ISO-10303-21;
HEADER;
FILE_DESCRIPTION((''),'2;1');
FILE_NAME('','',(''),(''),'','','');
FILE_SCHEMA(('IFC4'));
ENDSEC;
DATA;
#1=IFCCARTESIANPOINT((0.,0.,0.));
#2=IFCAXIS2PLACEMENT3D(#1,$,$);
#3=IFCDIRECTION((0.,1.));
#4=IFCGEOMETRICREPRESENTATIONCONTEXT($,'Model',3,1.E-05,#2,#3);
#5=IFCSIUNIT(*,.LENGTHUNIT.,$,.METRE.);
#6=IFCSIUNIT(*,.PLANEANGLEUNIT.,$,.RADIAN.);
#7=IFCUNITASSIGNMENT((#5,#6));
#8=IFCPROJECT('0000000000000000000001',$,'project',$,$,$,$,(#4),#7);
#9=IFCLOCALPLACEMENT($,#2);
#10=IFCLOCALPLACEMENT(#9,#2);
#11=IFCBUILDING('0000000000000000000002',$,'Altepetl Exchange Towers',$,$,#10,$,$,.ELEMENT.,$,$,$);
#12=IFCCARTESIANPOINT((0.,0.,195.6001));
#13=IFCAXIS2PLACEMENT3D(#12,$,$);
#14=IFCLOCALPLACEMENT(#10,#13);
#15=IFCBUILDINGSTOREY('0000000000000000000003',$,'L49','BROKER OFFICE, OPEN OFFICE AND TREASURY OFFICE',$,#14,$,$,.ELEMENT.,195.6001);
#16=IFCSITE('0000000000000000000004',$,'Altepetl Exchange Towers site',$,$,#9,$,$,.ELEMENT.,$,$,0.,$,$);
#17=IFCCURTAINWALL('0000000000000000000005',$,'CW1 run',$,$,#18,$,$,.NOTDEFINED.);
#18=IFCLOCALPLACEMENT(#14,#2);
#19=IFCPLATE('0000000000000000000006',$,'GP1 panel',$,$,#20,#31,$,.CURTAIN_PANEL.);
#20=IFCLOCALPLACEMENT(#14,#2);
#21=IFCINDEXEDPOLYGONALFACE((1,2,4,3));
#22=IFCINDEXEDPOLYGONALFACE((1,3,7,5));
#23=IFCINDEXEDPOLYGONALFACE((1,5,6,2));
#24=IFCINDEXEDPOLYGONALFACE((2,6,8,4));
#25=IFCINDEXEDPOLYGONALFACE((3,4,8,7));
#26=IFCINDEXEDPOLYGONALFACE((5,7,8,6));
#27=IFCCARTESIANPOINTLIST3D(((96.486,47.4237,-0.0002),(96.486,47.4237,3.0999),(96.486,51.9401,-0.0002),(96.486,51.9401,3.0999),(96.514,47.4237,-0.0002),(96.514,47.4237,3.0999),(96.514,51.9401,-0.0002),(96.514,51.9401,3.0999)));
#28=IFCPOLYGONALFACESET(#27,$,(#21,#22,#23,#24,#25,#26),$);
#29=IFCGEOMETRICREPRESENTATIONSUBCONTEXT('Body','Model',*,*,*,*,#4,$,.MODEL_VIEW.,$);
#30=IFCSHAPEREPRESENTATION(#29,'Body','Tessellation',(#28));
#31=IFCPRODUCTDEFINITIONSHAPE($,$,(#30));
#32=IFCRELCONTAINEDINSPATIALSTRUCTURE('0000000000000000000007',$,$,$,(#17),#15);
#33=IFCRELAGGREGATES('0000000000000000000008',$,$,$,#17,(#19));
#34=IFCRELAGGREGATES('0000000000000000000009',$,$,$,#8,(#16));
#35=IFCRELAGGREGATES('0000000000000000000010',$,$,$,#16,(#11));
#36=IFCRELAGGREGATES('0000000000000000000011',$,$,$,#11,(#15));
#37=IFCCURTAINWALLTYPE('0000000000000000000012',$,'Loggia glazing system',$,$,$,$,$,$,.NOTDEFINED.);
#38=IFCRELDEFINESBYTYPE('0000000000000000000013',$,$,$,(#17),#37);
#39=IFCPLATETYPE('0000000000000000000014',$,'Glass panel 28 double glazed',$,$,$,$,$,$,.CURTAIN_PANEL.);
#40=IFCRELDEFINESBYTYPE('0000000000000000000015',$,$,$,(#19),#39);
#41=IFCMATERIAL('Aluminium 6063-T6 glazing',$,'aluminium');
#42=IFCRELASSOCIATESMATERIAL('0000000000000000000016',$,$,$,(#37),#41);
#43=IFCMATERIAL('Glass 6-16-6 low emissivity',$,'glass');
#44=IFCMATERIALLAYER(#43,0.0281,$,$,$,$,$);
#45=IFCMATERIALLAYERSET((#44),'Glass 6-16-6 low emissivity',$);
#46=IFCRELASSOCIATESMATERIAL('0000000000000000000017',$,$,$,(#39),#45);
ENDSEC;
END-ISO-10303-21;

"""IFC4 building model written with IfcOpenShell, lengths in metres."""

from ifc_helpers import new_model, si_unit, direction, frame, origin, origin_2d, place, context, subcontext, project, spatial, rectangle, extrude, material, layer, layer_set, type_object, element, aggregate, save


model = new_model("IFC4")

# Units and contexts
model_context = context("Model", 3, precision=1e-05, world=origin(), true_north=direction((0.0, 1.0)))
body_context = subcontext(model_context, "Body", "Model", "MODEL_VIEW")
ifc_project = project(units=[si_unit("LENGTHUNIT", "METRE"), si_unit("PLANEANGLEUNIT", "RADIAN")], contexts=[model_context])

# Site, building, storey
site_placement = place(None, origin())
site = spatial("IfcSite", under=ifc_project, at=site_placement, Name="Altepetl Exchange Towers site", CompositionType="ELEMENT", RefElevation=0.0)
building_placement = place(site_placement, origin())
building = spatial("IfcBuilding", under=site, at=building_placement, Name="Altepetl Exchange Towers", CompositionType="ELEMENT")
storey_placement = place(building_placement, frame((0.0, 0.0, 195.6001)))
storey = spatial("IfcBuildingStorey", under=building, at=storey_placement, Name="L49", Description="BROKER OFFICE, OPEN OFFICE AND TREASURY OFFICE", CompositionType="ELEMENT", Elevation=195.6001)

# Curtain wall
ifc_material_1 = material(Name="Aluminium 6063-T6 glazing", Category="aluminium")
curtain_wall_type = type_object("IfcCurtainWallType", Name="Loggia glazing system", PredefinedType="NOTDEFINED", material=ifc_material_1)
curtain_wall_1_placement = place(storey_placement, origin())
curtain_wall_1 = element("IfcCurtainWall", 1, at=curtain_wall_1_placement, inside=storey, type_object=curtain_wall_type, Name="CW1 run", PredefinedType="NOTDEFINED")

# Plate
ifc_material_2 = material(Name="Glass 6-16-6 low emissivity", Category="glass")
ifc_layer = layer(ifc_material_2, 0.0281)
ifc_layer_set = layer_set([ifc_layer], Name="Glass 6-16-6 low emissivity")
plate_type = type_object("IfcPlateType", Name="Glass panel 28 double glazed", PredefinedType="CURTAIN_PANEL", material=ifc_layer_set)
plate_1_placement = place(storey_placement, frame((96.5, 49.6819, -0.0002), z_axis=(0.0, 0.0, 1.0), x_axis=(0.0, -1.0, 0.0)))
plate_1 = element("IfcPlate", 2, at=plate_1_placement, type_object=plate_type, Name="GP1 panel", PredefinedType="CURTAIN_PANEL", context=body_context, shape_type="SweptSolid", body=[
    extrude(rectangle(XDim=4.5164, YDim=0.0281, at=origin_2d()), origin(), (0.0, 0.0, 1.0), 3.1001),
])
aggregate(curtain_wall_1, [plate_1])

save(model, "model.ifc")
